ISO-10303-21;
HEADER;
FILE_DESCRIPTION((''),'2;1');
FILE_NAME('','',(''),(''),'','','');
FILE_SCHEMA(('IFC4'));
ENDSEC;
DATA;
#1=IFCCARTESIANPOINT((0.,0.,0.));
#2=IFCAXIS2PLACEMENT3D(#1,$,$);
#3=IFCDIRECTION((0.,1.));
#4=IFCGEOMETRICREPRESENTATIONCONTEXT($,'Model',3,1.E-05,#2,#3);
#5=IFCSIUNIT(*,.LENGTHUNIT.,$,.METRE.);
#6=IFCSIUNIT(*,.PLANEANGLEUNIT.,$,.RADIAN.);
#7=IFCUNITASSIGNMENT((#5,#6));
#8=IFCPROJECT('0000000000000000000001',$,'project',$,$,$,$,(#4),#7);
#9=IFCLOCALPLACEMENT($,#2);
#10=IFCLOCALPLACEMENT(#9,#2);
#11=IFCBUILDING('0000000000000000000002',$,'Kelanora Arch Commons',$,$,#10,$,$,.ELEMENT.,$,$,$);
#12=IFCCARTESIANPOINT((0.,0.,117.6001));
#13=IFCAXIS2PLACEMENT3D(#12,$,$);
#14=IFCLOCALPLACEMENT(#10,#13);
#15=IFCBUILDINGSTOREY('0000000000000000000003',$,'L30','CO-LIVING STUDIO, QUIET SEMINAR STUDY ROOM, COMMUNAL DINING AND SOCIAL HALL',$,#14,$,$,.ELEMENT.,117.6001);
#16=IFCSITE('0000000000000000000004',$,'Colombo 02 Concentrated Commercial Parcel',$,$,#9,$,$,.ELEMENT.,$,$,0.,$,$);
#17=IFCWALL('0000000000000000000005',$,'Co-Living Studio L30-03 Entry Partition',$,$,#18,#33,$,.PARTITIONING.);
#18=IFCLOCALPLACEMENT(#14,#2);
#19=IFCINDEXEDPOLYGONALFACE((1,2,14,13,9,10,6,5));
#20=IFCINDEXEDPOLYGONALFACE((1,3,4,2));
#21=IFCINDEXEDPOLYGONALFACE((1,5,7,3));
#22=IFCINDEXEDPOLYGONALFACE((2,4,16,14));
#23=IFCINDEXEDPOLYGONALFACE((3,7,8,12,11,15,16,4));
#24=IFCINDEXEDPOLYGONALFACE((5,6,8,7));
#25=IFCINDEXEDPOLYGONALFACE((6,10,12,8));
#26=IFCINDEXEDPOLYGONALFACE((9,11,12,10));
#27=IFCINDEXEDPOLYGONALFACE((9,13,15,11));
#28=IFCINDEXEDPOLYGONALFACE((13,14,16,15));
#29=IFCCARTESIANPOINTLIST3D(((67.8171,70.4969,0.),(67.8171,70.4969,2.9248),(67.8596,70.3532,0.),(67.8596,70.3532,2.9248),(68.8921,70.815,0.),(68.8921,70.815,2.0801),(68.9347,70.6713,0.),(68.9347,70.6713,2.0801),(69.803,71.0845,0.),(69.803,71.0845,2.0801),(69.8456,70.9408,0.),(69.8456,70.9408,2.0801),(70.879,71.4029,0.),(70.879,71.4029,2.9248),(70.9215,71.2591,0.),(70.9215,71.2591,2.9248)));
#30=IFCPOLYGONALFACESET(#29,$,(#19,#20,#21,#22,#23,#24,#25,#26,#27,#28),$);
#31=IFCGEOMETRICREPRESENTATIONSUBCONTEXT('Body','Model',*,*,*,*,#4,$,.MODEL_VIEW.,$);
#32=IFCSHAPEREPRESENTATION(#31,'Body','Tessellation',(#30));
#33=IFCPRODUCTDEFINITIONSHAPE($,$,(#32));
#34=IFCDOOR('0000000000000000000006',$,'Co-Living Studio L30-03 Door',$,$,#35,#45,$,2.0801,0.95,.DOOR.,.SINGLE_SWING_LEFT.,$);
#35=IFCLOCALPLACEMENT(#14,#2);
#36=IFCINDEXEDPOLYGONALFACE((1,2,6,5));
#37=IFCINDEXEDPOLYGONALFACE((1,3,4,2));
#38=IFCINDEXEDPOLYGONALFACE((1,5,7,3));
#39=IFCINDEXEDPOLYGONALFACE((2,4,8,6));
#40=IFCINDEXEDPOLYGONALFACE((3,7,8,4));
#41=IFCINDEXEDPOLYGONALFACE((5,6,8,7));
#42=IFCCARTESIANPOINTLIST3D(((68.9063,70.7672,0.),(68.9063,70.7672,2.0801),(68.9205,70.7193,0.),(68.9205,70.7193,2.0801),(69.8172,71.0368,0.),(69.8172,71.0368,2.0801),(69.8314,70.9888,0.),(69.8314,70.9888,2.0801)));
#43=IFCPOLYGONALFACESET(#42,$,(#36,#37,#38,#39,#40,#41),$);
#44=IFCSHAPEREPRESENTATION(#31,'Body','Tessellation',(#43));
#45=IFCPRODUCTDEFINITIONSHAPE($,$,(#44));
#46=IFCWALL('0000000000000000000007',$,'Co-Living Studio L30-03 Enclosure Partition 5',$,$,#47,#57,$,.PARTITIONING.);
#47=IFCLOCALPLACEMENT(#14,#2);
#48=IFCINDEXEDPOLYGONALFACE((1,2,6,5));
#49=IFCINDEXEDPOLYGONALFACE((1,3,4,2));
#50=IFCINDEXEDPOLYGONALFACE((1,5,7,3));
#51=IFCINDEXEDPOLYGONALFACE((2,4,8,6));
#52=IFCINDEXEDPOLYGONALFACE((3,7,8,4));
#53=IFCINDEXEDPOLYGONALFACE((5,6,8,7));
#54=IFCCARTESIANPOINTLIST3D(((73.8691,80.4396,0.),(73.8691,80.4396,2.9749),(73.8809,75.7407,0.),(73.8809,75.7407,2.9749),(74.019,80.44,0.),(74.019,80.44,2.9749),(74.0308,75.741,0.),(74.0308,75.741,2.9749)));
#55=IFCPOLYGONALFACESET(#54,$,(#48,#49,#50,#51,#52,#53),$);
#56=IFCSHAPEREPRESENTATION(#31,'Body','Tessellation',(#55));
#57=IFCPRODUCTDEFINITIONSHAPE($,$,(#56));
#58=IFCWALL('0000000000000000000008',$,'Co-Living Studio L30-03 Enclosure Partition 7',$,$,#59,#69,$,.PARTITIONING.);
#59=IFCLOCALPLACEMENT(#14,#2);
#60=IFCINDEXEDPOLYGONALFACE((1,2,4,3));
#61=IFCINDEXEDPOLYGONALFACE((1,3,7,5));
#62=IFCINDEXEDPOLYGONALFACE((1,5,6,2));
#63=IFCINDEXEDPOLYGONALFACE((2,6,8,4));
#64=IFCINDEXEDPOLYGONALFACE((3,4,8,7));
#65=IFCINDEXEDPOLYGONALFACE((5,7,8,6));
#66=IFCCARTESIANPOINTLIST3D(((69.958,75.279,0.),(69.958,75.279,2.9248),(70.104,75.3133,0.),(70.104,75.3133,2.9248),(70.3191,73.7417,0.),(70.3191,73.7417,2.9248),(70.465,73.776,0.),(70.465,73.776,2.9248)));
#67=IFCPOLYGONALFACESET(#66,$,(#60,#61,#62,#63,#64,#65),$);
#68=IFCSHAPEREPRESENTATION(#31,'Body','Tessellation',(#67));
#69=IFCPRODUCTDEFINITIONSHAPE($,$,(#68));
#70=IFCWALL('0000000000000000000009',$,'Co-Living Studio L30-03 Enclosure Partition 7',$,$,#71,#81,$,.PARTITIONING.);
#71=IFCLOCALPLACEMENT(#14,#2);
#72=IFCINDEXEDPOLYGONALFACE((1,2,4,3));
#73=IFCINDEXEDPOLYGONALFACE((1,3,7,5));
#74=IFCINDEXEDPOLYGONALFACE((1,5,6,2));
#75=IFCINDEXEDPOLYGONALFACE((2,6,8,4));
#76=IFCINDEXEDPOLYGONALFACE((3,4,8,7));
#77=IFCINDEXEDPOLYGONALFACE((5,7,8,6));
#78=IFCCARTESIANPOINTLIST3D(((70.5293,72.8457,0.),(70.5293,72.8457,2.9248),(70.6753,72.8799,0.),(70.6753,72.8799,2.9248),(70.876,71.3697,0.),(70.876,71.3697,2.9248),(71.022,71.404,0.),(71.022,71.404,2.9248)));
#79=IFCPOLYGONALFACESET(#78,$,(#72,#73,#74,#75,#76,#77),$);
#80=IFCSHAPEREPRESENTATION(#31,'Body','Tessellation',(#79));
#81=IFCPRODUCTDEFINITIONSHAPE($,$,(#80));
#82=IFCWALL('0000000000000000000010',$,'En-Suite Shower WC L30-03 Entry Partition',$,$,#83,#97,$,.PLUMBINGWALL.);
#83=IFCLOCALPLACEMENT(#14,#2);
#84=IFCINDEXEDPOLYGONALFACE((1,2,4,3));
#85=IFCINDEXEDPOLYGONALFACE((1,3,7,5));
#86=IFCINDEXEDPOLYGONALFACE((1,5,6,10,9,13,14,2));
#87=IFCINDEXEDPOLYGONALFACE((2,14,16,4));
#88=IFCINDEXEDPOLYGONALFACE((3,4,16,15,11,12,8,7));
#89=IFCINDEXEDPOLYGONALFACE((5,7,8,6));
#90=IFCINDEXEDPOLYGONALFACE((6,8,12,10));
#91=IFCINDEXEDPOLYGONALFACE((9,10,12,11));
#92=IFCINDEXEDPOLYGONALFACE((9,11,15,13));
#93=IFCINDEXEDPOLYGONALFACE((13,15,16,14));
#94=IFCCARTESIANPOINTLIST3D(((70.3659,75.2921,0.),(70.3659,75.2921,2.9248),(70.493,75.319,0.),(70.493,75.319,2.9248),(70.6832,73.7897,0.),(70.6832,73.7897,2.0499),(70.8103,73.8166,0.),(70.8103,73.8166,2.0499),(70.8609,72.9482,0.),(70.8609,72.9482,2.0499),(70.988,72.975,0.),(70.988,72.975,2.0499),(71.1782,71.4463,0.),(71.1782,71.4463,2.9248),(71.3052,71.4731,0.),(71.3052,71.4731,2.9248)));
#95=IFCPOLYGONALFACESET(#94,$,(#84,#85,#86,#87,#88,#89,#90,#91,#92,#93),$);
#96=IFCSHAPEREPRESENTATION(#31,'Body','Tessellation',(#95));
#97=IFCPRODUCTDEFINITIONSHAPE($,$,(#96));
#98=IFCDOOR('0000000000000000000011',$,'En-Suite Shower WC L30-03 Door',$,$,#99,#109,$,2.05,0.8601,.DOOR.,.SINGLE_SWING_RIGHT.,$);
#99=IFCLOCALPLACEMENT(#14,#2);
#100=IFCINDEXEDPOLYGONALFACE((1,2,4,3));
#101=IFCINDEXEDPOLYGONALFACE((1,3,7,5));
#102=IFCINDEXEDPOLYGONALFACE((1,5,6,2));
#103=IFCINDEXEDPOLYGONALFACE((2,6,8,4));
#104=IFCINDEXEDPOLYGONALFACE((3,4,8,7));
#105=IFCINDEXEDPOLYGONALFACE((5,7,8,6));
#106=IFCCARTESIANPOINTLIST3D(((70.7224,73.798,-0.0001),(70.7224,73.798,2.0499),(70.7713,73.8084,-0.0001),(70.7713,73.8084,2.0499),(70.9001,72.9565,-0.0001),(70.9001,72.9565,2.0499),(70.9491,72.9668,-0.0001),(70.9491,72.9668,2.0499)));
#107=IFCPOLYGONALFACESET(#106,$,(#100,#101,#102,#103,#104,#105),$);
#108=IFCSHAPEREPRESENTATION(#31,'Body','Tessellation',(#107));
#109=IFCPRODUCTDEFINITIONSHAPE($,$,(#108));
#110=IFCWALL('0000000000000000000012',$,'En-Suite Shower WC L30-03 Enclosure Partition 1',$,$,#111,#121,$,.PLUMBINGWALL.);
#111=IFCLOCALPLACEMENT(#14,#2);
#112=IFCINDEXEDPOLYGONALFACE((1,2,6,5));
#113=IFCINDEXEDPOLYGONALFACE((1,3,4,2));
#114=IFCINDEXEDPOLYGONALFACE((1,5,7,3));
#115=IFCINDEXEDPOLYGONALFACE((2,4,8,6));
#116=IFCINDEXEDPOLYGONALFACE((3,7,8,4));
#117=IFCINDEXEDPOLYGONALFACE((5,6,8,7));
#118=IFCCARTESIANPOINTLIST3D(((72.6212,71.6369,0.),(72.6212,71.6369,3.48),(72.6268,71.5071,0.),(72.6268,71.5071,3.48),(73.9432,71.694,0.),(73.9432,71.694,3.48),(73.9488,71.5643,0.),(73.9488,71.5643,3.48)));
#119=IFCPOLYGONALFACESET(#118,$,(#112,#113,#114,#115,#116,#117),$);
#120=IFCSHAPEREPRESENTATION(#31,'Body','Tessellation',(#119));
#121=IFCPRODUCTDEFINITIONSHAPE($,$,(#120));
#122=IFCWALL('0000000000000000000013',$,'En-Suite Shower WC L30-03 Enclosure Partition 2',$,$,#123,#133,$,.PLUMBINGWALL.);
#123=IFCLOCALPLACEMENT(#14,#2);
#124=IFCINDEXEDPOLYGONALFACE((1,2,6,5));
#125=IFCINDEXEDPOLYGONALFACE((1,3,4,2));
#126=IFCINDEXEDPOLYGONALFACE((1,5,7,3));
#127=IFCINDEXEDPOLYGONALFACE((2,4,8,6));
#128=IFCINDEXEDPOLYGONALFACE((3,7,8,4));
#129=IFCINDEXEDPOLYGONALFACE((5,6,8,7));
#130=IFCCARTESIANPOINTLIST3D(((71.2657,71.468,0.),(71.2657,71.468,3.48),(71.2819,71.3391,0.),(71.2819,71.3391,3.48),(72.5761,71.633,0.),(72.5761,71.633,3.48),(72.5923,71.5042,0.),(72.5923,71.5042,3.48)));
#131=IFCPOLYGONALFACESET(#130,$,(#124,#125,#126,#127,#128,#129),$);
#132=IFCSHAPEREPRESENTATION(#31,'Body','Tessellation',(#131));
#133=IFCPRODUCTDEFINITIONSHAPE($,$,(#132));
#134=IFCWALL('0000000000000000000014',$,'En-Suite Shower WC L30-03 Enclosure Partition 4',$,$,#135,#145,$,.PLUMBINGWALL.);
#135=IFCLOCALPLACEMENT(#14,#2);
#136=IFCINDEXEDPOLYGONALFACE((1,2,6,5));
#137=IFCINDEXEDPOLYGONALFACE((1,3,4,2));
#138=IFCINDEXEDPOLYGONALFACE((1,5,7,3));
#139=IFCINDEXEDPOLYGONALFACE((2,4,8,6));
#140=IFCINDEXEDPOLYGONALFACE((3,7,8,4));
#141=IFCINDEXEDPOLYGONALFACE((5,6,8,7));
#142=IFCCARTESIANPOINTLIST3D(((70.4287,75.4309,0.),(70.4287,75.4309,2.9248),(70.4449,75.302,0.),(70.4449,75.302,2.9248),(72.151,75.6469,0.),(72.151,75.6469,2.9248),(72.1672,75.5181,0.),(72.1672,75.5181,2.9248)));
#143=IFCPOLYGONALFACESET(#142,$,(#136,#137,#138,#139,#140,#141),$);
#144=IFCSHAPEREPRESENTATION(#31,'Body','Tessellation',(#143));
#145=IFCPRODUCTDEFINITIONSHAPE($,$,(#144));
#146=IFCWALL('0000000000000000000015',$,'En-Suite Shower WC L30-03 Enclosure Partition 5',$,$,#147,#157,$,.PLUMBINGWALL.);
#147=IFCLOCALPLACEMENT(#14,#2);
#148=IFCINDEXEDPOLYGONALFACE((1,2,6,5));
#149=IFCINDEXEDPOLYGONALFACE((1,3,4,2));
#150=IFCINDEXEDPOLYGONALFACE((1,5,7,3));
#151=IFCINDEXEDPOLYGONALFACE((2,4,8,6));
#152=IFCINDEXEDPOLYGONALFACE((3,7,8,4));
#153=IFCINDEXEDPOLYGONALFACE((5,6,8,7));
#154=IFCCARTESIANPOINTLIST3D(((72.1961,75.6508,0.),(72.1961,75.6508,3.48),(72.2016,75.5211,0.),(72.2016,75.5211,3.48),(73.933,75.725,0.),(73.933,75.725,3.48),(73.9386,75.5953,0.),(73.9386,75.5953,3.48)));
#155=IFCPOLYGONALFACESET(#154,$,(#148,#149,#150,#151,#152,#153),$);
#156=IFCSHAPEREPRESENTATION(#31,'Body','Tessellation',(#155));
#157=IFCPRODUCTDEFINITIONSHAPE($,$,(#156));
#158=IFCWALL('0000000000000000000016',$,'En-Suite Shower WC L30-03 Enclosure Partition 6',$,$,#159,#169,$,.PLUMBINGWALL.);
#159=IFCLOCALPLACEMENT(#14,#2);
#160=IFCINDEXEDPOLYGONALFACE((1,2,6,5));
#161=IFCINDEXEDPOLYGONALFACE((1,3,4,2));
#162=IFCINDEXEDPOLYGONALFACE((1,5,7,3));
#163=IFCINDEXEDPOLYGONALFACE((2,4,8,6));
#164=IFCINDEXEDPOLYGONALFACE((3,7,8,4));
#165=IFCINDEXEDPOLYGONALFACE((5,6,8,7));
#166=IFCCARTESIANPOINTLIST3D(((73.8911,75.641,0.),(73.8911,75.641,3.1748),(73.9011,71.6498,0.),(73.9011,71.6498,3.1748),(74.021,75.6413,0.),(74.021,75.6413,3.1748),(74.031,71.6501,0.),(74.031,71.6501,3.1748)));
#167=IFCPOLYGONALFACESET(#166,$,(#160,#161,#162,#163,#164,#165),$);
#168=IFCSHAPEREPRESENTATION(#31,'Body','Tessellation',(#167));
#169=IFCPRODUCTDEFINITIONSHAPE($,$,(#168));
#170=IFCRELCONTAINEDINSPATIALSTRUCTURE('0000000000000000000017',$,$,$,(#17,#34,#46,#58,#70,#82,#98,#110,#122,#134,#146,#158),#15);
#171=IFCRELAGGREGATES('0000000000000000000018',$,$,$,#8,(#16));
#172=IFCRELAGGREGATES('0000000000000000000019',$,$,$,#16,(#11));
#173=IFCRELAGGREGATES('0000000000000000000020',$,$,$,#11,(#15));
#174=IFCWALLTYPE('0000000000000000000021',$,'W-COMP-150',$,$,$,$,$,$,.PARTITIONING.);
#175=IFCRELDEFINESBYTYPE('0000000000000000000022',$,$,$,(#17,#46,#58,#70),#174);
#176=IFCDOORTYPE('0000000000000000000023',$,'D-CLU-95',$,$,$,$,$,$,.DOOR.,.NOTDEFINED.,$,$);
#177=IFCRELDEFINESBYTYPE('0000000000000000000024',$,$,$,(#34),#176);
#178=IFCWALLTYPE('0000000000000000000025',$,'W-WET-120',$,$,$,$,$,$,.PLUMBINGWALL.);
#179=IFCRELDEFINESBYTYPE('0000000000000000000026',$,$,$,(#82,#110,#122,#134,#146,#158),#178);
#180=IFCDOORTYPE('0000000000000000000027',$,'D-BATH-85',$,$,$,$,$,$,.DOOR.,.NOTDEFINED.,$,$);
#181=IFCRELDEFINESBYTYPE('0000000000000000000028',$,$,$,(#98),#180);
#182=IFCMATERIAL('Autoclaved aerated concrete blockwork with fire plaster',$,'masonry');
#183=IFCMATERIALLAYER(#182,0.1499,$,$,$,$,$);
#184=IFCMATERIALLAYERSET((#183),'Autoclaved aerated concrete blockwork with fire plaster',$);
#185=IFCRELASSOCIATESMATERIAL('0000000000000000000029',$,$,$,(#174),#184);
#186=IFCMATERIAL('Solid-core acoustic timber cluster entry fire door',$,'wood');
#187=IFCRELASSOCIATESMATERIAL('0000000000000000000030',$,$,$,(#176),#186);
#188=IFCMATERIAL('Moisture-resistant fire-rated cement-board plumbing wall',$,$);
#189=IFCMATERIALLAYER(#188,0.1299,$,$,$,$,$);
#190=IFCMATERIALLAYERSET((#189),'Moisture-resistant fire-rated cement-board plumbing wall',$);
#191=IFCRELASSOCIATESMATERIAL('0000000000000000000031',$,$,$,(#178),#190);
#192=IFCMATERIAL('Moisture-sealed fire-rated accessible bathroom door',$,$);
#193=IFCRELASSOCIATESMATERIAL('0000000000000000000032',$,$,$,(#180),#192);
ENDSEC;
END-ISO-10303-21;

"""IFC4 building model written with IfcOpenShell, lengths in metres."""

from ifc_helpers import new_model, si_unit, direction, frame, frame_2d, origin, place, context, subcontext, project, spatial, rectangle, extrude, material, layer, layer_set, type_object, element, fill, save


model = new_model("IFC4")

# Units and contexts
model_context = context("Model", 3, precision=1e-05, world=origin(), true_north=direction((0.0, 1.0)))
body_context = subcontext(model_context, "Body", "Model", "MODEL_VIEW")
ifc_project = project(units=[si_unit("LENGTHUNIT", "METRE"), si_unit("PLANEANGLEUNIT", "RADIAN")], contexts=[model_context])

# Site, building, storey
site_placement = place(None, origin())
site = spatial("IfcSite", under=ifc_project, at=site_placement, Name="Colombo 02 Concentrated Commercial Parcel", CompositionType="ELEMENT", RefElevation=0.0)
building_placement = place(site_placement, origin())
building = spatial("IfcBuilding", under=site, at=building_placement, Name="Kelanora Arch Commons", CompositionType="ELEMENT")
storey_placement = place(building_placement, frame((0.0, 0.0, 117.6001)))
storey = spatial("IfcBuildingStorey", under=building, at=storey_placement, Name="L30", Description="CO-LIVING STUDIO, QUIET SEMINAR STUDY ROOM, COMMUNAL DINING AND SOCIAL HALL", CompositionType="ELEMENT", Elevation=117.6001)

# Wall, opening, door
ifc_material_1 = material(Name="Autoclaved aerated concrete blockwork with fire plaster", Category="masonry")
ifc_layer_1 = layer(ifc_material_1, 0.1499)
ifc_layer_set_1 = layer_set([ifc_layer_1], Name="Autoclaved aerated concrete blockwork with fire plaster")
wall_type_1 = type_object("IfcWallType", Name="W-COMP-150", PredefinedType="PARTITIONING", material=ifc_layer_set_1)
wall_1_placement = place(storey_placement, frame((70.9004, 71.3311, 0.0), z_axis=(0.0, 0.0, 1.0), x_axis=(-0.958905, -0.283726, 0.0)))
wall_1 = element("IfcWall", 1, at=wall_1_placement, inside=storey, type_object=wall_type_1, Name="Co-Living Studio L30-03 Entry Partition", PredefinedType="PARTITIONING", context=body_context, shape_type="SweptSolid", body=[
    extrude(rectangle(XDim=3.1931, YDim=0.1499, at=frame_2d((1.5967, 0.0))), origin(), (0.0, 0.0, 1.0), 2.9248),
])
opening_1_placement = place(wall_1_placement, frame((1.1221, 0.0, 0.0)))
opening_1 = element("IfcOpeningElement", 2, at=opening_1_placement, cuts=wall_1, PredefinedType="OPENING", context=body_context, shape_type="SweptSolid", body=[
    extrude(rectangle(XDim=0.95, YDim=2.0801, at=frame_2d((0.4751, 1.04))), frame((0.0, 0.085, 0.0), z_axis=(0.0, -1.0, 0.0), x_axis=(1.0, 0.0, 0.0)), (0.0, 0.0, 1.0), 0.1699),
])
ifc_material_2 = material(Name="Solid-core acoustic timber cluster entry fire door", Category="wood")
door_type_1 = type_object("IfcDoorType", Name="D-CLU-95", OperationType="NOTDEFINED", PredefinedType="DOOR", material=ifc_material_2)
door_1_placement = place(opening_1_placement, origin())
door_1 = element("IfcDoor", 3, at=door_1_placement, inside=storey, type_object=door_type_1, Name="Co-Living Studio L30-03 Door", OperationType="SINGLE_SWING_LEFT", OverallHeight=2.0801, OverallWidth=0.95, PredefinedType="DOOR", context=body_context, shape_type="SweptSolid", body=[
    extrude(rectangle(XDim=0.95, YDim=2.0801, at=frame_2d((0.4751, 1.04))), frame((0.0, 0.0249, 0.0), z_axis=(0.0, -1.0, 0.0), x_axis=(1.0, 0.0, 0.0)), (0.0, 0.0, 1.0), 0.05),
])
fill(opening_1, door_1)

# Walls
wall_2_placement = place(storey_placement, frame((73.9441, 80.4399, 0.0), z_axis=(0.0, 0.0, 1.0), x_axis=(0.002494, -0.999997, 0.0)))
element("IfcWall", 4, at=wall_2_placement, inside=storey, type_object=wall_type_1, Name="Co-Living Studio L30-03 Enclosure Partition 5", PredefinedType="PARTITIONING", context=body_context, shape_type="SweptSolid", body=[
    extrude(rectangle(XDim=4.699, YDim=0.1499, at=frame_2d((2.3496, 0.0))), origin(), (0.0, 0.0, 1.0), 2.9749),
])
wall_3_placement = place(storey_placement, frame((70.031, 75.2961, 0.0), z_axis=(0.0, 0.0, 1.0), x_axis=(0.228652, -0.973508, 0.0)))
element("IfcWall", 5, at=wall_3_placement, inside=storey, type_object=wall_type_1, Name="Co-Living Studio L30-03 Enclosure Partition 7", PredefinedType="PARTITIONING", context=body_context, shape_type="SweptSolid", body=[
    extrude(rectangle(XDim=1.5791, YDim=0.1499, at=frame_2d((0.7896, 0.0))), origin(), (0.0, 0.0, 1.0), 2.9248),
])
wall_4_placement = place(storey_placement, frame((70.6023, 72.8628, 0.0), z_axis=(0.0, 0.0, 1.0), x_axis=(0.22868, -0.973502, 0.0)))
element("IfcWall", 6, at=wall_4_placement, inside=storey, type_object=wall_type_1, Name="Co-Living Studio L30-03 Enclosure Partition 7", PredefinedType="PARTITIONING", context=body_context, shape_type="SweptSolid", body=[
    extrude(rectangle(XDim=1.5161, YDim=0.1499, at=frame_2d((0.7581, 0.0))), origin(), (0.0, 0.0, 1.0), 2.9248),
])

# Wall, opening, door
ifc_material_3 = material(Name="Moisture-resistant fire-rated cement-board plumbing wall")
ifc_layer_2 = layer(ifc_material_3, 0.1299)
ifc_layer_set_2 = layer_set([ifc_layer_2], Name="Moisture-resistant fire-rated cement-board plumbing wall")
wall_type_2 = type_object("IfcWallType", Name="W-WET-120", PredefinedType="PLUMBINGWALL", material=ifc_layer_set_2)
wall_5_placement = place(storey_placement, frame((71.2417, 71.4597, 0.0), z_axis=(0.0, 0.0, 1.0), x_axis=(-0.206652, 0.978414, 0.0)))
wall_5 = element("IfcWall", 7, at=wall_5_placement, inside=storey, type_object=wall_type_2, Name="En-Suite Shower WC L30-03 Entry Partition", PredefinedType="PLUMBINGWALL", context=body_context, shape_type="SweptSolid", body=[
    extrude(rectangle(XDim=3.9307, YDim=0.1299, at=frame_2d((1.9653, 0.0))), origin(), (0.0, 0.0, 1.0), 2.9248),
])
opening_2_placement = place(wall_5_placement, frame((1.5349, 0.0, 0.0)))
opening_2 = element("IfcOpeningElement", 8, at=opening_2_placement, cuts=wall_5, PredefinedType="OPENING", context=body_context, shape_type="SweptSolid", body=[
    extrude(rectangle(XDim=0.8601, YDim=2.05, at=frame_2d((0.4302, 1.0249))), frame((0.0, 0.075, 0.0), z_axis=(0.0, -1.0, 0.0), x_axis=(1.0, 0.0, 0.0)), (0.0, 0.0, 1.0), 0.1499),
])
ifc_material_4 = material(Name="Moisture-sealed fire-rated accessible bathroom door")
door_type_2 = type_object("IfcDoorType", Name="D-BATH-85", OperationType="NOTDEFINED", PredefinedType="DOOR", material=ifc_material_4)
door_2_placement = place(opening_2_placement, origin())
door_2 = element("IfcDoor", 9, at=door_2_placement, inside=storey, type_object=door_type_2, Name="En-Suite Shower WC L30-03 Door", OperationType="SINGLE_SWING_RIGHT", OverallHeight=2.05, OverallWidth=0.8601, PredefinedType="DOOR", context=body_context, shape_type="SweptSolid", body=[
    extrude(rectangle(XDim=0.8601, YDim=2.05, at=frame_2d((0.4302, 1.0249))), frame((0.0, 0.0249, 0.0), z_axis=(0.0, -1.0, 0.0), x_axis=(1.0, 0.0, 0.0)), (0.0, 0.0, 1.0), 0.05),
])
fill(opening_2, door_2)

# Walls
wall_6_placement = place(storey_placement, frame((73.946, 71.6292, 0.0), z_axis=(0.0, 0.0, 1.0), x_axis=(-0.999068, -0.043173, 0.0)))
element("IfcWall", 10, at=wall_6_placement, inside=storey, type_object=wall_type_2, Name="En-Suite Shower WC L30-03 Enclosure Partition 1", PredefinedType="PLUMBINGWALL", context=body_context, shape_type="SweptSolid", body=[
    extrude(rectangle(XDim=1.3232, YDim=0.1299, at=frame_2d((0.6616, 0.0))), origin(), (0.0, 0.0, 1.0), 3.48),
])
wall_7_placement = place(storey_placement, frame((72.5842, 71.5686, 0.0), z_axis=(0.0, 0.0, 1.0), x_axis=(-0.992164, -0.124945, 0.0)))
element("IfcWall", 11, at=wall_7_placement, inside=storey, type_object=wall_type_2, Name="En-Suite Shower WC L30-03 Enclosure Partition 2", PredefinedType="PLUMBINGWALL", context=body_context, shape_type="SweptSolid", body=[
    extrude(rectangle(XDim=1.3208, YDim=0.1299, at=frame_2d((0.6604, 0.0))), origin(), (0.0, 0.0, 1.0), 3.48),
])
wall_8_placement = place(storey_placement, frame((70.4368, 75.3665, 0.0), z_axis=(0.0, 0.0, 1.0), x_axis=(0.992224, 0.124467, 0.0)))
element("IfcWall", 12, at=wall_8_placement, inside=storey, type_object=wall_type_2, Name="En-Suite Shower WC L30-03 Enclosure Partition 4", PredefinedType="PLUMBINGWALL", context=body_context, shape_type="SweptSolid", body=[
    extrude(rectangle(XDim=1.7358, YDim=0.1299, at=frame_2d((0.8679, 0.0))), origin(), (0.0, 0.0, 1.0), 2.9248),
])
wall_9_placement = place(storey_placement, frame((72.199, 75.5859, 0.0), z_axis=(0.0, 0.0, 1.0), x_axis=(0.999088, 0.042688, 0.0)))
element("IfcWall", 13, at=wall_9_placement, inside=storey, type_object=wall_type_2, Name="En-Suite Shower WC L30-03 Enclosure Partition 5", PredefinedType="PLUMBINGWALL", context=body_context, shape_type="SweptSolid", body=[
    extrude(rectangle(XDim=1.7385, YDim=0.1299, at=frame_2d((0.8691, 0.0))), origin(), (0.0, 0.0, 1.0), 3.48),
])
wall_10_placement = place(storey_placement, frame((73.9561, 75.6411, 0.0), z_axis=(0.0, 0.0, 1.0), x_axis=(0.002508, -0.999997, 0.0)))
element("IfcWall", 14, at=wall_10_placement, inside=storey, type_object=wall_type_2, Name="En-Suite Shower WC L30-03 Enclosure Partition 6", PredefinedType="PLUMBINGWALL", context=body_context, shape_type="SweptSolid", body=[
    extrude(rectangle(XDim=3.9912, YDim=0.1299, at=frame_2d((1.9956, 0.0))), origin(), (0.0, 0.0, 1.0), 3.1748),
])

save(model, "model.ifc")
